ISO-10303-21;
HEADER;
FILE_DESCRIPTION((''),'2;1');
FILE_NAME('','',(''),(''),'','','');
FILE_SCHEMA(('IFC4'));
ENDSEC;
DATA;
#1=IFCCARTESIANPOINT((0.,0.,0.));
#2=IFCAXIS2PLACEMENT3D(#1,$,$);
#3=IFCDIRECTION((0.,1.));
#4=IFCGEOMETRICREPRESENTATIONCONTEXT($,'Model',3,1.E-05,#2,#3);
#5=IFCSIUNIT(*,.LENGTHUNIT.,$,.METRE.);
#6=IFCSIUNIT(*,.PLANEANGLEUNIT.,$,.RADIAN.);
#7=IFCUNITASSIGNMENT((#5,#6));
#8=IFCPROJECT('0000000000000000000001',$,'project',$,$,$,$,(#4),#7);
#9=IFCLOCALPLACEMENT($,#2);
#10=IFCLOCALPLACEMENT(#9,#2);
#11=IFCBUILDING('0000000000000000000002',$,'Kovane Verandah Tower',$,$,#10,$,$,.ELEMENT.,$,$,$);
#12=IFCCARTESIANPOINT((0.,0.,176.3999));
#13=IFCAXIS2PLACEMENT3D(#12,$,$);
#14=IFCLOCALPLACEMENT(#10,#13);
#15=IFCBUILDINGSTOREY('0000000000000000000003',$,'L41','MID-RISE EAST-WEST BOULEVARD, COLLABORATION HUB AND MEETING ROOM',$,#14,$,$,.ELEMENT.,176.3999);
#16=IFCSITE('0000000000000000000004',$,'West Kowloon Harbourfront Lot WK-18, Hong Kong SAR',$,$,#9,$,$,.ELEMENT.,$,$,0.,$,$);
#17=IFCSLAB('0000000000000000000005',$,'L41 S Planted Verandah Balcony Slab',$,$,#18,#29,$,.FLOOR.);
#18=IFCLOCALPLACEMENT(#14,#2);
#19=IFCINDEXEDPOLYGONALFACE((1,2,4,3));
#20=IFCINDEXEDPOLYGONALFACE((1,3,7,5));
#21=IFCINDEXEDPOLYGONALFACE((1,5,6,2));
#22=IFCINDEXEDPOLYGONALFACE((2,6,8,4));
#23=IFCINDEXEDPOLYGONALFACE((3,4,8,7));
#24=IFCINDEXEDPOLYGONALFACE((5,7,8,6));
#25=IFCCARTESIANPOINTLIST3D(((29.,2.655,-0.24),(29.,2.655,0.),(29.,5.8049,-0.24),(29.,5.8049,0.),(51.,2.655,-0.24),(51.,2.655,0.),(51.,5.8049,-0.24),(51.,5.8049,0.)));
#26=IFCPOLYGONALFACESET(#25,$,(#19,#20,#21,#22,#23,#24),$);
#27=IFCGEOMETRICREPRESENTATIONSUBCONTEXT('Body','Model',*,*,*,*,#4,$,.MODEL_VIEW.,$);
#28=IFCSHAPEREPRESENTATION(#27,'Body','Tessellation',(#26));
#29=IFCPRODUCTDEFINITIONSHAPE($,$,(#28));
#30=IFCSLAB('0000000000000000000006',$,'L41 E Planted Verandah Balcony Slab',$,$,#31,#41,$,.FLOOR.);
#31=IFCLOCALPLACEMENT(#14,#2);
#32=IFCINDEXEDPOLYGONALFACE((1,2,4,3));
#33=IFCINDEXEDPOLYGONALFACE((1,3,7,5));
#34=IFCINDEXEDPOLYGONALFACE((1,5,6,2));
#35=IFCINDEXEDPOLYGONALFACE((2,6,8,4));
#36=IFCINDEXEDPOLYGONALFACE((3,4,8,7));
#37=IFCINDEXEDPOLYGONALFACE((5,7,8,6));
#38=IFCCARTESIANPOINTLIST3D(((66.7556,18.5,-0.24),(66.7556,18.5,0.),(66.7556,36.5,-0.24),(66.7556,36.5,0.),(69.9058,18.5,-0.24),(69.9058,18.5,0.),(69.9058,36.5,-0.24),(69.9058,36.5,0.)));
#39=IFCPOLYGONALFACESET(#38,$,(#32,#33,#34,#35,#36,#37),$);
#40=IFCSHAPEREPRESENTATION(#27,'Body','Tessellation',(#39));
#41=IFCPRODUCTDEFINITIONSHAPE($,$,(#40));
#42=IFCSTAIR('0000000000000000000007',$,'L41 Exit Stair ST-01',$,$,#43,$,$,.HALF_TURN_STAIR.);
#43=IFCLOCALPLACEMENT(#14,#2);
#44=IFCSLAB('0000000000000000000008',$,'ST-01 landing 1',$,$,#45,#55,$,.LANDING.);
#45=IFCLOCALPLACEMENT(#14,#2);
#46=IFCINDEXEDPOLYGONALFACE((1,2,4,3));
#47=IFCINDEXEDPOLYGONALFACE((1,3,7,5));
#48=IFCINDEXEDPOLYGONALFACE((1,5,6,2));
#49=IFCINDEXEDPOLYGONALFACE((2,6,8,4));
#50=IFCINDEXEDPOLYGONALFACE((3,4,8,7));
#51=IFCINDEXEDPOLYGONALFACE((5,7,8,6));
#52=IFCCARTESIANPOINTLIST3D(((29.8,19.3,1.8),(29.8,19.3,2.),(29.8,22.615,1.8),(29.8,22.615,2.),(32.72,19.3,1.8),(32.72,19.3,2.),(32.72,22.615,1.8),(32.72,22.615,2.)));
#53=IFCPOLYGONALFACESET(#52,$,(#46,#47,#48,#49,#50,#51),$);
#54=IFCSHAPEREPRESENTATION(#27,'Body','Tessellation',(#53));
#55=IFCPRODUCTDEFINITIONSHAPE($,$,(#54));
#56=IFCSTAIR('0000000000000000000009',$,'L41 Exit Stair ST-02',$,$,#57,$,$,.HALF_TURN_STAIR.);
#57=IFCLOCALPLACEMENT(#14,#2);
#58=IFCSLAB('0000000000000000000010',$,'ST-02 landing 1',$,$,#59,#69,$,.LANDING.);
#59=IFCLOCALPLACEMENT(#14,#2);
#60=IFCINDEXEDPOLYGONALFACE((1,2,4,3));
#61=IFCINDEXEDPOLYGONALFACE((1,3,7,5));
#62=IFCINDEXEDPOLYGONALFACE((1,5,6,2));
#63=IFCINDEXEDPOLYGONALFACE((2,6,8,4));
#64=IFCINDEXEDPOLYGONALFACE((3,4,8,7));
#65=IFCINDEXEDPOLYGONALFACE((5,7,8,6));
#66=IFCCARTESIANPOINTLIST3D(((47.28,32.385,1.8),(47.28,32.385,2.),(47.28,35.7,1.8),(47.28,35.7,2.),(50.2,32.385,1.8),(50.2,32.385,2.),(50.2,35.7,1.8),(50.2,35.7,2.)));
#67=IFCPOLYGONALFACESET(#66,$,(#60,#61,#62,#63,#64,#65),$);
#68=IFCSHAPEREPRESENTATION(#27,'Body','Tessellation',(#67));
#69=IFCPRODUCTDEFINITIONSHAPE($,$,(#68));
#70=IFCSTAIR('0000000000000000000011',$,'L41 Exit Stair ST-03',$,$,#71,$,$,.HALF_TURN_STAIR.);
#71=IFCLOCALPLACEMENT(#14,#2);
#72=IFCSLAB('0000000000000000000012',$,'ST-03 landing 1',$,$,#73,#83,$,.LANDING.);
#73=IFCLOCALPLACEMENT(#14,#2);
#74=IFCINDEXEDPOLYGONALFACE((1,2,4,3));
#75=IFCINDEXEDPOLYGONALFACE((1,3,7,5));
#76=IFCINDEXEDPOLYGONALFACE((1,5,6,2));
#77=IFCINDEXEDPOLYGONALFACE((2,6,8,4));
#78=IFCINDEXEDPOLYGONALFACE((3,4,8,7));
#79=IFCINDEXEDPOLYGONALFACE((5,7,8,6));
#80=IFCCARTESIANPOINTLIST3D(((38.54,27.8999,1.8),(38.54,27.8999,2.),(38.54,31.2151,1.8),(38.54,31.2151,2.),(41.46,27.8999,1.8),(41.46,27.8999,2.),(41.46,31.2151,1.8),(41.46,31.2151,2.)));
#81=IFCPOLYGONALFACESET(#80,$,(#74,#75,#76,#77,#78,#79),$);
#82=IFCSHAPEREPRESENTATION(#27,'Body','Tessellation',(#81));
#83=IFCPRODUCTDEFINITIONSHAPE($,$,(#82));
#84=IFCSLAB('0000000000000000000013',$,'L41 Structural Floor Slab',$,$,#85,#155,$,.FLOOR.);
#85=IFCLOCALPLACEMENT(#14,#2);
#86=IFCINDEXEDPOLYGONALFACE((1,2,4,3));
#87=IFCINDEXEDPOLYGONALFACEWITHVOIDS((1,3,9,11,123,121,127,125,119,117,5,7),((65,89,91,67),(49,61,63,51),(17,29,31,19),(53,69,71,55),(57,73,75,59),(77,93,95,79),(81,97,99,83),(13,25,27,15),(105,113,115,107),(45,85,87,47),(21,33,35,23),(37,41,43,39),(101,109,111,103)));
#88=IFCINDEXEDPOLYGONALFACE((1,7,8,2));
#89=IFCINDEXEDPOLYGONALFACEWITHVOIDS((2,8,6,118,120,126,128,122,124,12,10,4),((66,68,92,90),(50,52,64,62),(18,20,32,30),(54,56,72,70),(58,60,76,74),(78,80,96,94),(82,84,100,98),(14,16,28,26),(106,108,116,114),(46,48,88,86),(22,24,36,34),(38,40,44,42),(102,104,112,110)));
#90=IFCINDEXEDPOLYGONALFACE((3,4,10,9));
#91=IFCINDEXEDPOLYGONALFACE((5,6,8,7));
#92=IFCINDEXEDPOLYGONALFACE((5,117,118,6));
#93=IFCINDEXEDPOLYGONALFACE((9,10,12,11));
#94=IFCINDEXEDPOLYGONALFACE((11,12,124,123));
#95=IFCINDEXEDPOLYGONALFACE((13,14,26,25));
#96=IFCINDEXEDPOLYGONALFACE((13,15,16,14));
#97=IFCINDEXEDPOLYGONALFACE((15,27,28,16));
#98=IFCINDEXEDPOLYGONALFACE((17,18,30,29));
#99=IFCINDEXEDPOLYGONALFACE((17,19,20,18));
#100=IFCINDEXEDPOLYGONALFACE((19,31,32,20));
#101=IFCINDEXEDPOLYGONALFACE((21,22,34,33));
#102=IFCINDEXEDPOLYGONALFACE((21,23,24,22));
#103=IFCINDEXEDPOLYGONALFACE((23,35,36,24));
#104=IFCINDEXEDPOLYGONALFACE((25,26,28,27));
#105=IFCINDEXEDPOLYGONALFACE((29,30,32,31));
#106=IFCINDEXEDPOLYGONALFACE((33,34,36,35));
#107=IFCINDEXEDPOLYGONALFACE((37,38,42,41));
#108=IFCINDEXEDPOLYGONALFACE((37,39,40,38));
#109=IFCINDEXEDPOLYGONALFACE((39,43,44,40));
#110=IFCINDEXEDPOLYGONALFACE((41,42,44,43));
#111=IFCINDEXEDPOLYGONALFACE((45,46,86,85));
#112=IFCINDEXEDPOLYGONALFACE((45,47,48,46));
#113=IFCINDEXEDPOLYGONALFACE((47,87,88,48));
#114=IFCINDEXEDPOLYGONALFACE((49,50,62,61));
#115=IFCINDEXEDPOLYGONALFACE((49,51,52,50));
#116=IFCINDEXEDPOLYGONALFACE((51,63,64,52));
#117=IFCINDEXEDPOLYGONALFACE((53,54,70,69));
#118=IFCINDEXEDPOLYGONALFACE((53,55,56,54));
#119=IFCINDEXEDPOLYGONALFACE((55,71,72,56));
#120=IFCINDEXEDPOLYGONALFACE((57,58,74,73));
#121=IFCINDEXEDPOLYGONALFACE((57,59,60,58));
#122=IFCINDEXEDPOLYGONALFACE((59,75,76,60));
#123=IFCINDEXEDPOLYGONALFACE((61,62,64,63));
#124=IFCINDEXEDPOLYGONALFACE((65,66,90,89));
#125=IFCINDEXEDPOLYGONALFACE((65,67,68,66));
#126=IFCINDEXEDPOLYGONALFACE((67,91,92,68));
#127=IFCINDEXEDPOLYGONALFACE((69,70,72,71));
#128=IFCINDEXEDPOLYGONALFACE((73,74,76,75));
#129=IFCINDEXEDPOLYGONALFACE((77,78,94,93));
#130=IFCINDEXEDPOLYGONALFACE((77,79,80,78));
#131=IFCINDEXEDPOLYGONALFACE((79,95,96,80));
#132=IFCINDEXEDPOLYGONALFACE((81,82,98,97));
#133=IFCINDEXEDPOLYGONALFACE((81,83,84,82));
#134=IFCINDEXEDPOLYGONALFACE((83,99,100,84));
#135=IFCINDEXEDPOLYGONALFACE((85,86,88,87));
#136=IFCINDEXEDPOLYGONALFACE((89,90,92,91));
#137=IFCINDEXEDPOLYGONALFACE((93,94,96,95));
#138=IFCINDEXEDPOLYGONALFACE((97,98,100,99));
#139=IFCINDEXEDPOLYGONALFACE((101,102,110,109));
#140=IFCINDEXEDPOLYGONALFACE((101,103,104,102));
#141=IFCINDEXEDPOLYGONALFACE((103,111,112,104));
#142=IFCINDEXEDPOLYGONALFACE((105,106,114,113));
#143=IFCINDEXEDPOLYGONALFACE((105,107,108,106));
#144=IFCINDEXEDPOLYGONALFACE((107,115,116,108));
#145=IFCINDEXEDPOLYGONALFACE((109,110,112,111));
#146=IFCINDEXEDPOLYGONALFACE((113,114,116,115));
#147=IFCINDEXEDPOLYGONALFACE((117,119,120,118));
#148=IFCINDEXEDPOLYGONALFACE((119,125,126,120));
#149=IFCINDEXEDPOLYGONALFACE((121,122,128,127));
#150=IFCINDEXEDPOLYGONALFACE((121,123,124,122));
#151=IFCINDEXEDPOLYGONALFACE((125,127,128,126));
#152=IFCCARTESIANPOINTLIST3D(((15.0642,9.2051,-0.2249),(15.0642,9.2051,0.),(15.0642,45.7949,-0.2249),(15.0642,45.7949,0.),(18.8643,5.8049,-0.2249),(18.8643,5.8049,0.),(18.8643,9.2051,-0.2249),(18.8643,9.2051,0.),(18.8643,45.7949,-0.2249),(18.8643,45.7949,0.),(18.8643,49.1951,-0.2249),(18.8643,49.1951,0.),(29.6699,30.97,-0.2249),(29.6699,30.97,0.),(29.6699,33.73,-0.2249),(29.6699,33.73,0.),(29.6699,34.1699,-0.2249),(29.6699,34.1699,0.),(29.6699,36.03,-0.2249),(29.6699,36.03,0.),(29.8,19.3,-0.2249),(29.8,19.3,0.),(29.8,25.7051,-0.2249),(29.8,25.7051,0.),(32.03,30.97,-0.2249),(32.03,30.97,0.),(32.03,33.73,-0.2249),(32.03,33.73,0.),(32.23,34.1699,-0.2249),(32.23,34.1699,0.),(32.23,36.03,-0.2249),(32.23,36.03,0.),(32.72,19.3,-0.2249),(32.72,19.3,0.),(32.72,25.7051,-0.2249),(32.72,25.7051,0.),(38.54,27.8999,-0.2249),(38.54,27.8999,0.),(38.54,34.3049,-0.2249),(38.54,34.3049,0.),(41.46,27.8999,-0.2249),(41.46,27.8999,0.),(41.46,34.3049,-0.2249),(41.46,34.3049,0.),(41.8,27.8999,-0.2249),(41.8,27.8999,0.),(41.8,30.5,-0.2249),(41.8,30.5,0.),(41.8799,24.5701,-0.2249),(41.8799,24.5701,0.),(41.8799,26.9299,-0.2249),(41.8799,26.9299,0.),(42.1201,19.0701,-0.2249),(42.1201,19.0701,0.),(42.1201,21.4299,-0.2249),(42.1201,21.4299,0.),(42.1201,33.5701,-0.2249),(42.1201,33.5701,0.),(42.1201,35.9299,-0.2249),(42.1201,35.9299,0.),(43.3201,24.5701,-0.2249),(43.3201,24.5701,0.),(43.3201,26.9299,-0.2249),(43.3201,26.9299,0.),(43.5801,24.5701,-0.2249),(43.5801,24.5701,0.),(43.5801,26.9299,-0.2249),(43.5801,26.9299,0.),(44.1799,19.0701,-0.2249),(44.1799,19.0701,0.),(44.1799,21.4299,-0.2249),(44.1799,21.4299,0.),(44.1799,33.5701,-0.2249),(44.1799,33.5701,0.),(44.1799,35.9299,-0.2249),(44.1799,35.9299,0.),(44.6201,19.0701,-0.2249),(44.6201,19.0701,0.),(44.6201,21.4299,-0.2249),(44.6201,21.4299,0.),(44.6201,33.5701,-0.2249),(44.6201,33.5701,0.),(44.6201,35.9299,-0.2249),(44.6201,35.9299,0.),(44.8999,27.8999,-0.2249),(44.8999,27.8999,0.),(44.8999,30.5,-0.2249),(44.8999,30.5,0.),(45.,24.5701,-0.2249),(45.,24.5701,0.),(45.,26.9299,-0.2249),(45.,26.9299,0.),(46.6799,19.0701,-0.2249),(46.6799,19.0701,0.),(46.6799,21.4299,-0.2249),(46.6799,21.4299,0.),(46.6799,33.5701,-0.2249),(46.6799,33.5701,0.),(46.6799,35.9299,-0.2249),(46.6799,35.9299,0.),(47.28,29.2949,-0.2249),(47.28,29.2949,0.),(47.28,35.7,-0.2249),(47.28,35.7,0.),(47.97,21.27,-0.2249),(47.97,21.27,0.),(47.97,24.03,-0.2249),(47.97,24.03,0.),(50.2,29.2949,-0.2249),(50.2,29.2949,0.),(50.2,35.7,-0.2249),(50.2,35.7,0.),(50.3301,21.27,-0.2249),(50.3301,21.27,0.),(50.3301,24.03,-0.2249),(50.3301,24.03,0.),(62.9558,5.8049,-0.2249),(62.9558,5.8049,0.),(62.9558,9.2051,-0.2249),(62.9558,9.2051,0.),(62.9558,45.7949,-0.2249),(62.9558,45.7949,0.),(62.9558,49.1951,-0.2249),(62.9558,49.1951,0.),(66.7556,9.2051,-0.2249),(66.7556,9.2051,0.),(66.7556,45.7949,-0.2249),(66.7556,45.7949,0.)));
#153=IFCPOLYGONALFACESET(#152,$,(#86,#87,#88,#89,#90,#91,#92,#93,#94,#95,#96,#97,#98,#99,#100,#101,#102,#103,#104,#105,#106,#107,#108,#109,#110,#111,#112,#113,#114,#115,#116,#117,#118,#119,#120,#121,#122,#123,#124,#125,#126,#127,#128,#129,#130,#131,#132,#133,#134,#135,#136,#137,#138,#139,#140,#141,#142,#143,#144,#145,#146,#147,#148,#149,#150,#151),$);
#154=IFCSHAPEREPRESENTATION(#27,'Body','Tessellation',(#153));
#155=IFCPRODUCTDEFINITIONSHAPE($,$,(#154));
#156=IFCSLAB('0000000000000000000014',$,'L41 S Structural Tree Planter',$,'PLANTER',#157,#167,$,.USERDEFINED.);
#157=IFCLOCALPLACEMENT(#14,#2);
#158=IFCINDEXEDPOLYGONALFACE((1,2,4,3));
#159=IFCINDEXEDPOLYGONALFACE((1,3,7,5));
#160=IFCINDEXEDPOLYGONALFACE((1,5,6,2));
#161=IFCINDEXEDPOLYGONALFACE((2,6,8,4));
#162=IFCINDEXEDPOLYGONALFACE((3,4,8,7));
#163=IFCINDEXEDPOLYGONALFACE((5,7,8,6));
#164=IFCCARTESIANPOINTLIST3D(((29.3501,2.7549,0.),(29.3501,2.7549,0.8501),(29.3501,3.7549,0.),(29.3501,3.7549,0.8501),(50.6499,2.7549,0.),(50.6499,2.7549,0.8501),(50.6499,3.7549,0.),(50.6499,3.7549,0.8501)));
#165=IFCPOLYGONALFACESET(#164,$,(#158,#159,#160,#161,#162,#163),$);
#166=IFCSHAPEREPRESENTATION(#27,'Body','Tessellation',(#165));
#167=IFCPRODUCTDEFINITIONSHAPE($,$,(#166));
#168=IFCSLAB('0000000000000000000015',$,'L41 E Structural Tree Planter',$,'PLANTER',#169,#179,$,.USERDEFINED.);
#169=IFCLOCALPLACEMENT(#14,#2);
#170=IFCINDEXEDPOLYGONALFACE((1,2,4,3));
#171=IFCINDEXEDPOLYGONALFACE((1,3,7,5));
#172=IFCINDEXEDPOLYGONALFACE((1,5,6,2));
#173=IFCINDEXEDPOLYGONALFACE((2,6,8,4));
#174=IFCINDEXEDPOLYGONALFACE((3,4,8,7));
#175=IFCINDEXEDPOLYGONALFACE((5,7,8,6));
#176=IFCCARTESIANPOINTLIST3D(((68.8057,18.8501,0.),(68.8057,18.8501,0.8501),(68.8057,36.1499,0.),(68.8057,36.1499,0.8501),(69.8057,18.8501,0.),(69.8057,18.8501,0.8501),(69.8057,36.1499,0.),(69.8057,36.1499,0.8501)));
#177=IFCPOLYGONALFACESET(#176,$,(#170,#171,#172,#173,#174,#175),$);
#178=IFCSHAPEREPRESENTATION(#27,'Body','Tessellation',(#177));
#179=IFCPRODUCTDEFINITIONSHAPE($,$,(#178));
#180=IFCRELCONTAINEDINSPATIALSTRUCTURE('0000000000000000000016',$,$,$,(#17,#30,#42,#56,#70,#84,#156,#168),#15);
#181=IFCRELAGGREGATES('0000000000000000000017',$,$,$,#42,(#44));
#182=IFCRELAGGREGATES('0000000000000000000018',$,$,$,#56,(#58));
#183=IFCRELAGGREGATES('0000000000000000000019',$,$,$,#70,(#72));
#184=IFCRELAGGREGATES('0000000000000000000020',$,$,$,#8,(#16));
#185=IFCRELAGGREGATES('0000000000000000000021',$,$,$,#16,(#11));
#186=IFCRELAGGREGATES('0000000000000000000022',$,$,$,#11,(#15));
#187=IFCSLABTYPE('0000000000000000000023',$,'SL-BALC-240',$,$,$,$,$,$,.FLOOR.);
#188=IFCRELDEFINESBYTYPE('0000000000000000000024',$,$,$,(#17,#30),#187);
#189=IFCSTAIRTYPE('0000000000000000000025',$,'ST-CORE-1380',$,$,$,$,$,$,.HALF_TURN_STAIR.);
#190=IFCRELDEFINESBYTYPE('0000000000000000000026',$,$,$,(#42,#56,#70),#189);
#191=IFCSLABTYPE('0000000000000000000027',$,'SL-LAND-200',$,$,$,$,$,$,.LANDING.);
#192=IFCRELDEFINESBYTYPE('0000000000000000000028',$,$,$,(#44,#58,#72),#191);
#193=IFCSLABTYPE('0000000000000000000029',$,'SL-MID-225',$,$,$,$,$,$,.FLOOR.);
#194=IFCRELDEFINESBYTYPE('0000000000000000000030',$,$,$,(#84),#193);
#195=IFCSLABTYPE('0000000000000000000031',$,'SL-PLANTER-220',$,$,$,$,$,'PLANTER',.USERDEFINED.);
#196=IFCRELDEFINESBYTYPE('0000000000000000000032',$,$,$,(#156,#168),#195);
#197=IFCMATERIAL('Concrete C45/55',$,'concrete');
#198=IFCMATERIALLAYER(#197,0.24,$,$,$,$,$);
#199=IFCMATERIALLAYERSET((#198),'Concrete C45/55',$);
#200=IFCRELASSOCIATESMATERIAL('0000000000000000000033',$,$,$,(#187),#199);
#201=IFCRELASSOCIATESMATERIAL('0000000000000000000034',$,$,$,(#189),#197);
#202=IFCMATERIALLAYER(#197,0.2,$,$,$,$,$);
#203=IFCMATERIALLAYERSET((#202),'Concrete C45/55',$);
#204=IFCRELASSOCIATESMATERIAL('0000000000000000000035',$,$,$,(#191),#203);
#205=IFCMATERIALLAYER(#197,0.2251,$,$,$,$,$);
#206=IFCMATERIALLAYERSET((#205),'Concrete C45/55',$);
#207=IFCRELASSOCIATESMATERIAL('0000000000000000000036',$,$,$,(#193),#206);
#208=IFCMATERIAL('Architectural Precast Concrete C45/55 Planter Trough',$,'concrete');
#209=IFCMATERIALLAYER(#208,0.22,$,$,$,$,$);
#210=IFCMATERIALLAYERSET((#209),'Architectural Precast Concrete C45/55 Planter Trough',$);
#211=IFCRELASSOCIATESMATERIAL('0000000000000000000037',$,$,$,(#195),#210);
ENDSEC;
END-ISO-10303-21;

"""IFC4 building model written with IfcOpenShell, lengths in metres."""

from ifc_helpers import new_model, si_unit, direction, frame, origin, place, context, subcontext, project, spatial, polyline, outline, extrude, material, layer, layer_set, type_object, element, aggregate, save


model = new_model("IFC4")

# Units and contexts
model_context = context("Model", 3, precision=1e-05, world=origin(), true_north=direction((0.0, 1.0)))
body_context = subcontext(model_context, "Body", "Model", "MODEL_VIEW")
ifc_project = project(units=[si_unit("LENGTHUNIT", "METRE"), si_unit("PLANEANGLEUNIT", "RADIAN")], contexts=[model_context])

# Site, building, storey
site_placement = place(None, origin())
site = spatial("IfcSite", under=ifc_project, at=site_placement, Name="West Kowloon Harbourfront Lot WK-18, Hong Kong SAR", CompositionType="ELEMENT", RefElevation=0.0)
building_placement = place(site_placement, origin())
building = spatial("IfcBuilding", under=site, at=building_placement, Name="Kovane Verandah Tower", CompositionType="ELEMENT")
storey_placement = place(building_placement, frame((0.0, 0.0, 176.3999)))
storey = spatial("IfcBuildingStorey", under=building, at=storey_placement, Name="L41", Description="MID-RISE EAST-WEST BOULEVARD, COLLABORATION HUB AND MEETING ROOM", CompositionType="ELEMENT", Elevation=176.3999)

# Slabs
ifc_material_1 = material(Name="Concrete C45/55", Category="concrete")
ifc_layer_1 = layer(ifc_material_1, 0.24)
ifc_layer_set_1 = layer_set([ifc_layer_1], Name="Concrete C45/55")
slab_type_1 = type_object("IfcSlabType", Name="SL-BALC-240", PredefinedType="FLOOR", material=ifc_layer_set_1)
slab_1_placement = place(storey_placement, frame((0.0, 0.0, -0.24)))
element("IfcSlab", 1, at=slab_1_placement, inside=storey, type_object=slab_type_1, Name="L41 S Planted Verandah Balcony Slab", PredefinedType="FLOOR", context=body_context, shape_type="SweptSolid", body=[
    extrude(outline(polyline([(29.0, 2.655), (51.0, 2.655), (51.0, 5.8049), (29.0, 5.8049), (29.0, 2.655)])), origin(), (0.0, 0.0, 1.0), 0.24),
])
slab_2_placement = place(storey_placement, frame((0.0, 0.0, -0.24)))
element("IfcSlab", 2, at=slab_2_placement, inside=storey, type_object=slab_type_1, Name="L41 E Planted Verandah Balcony Slab", PredefinedType="FLOOR", context=body_context, shape_type="SweptSolid", body=[
    extrude(outline(polyline([(66.7556, 18.5), (69.9058, 18.5), (69.9058, 36.5), (66.7556, 36.5), (66.7556, 18.5)])), origin(), (0.0, 0.0, 1.0), 0.24),
])

# Stairs, slabs
stair_type = type_object("IfcStairType", Name="ST-CORE-1380", PredefinedType="HALF_TURN_STAIR", material=ifc_material_1)
stair_1_placement = place(storey_placement, origin())
stair_1 = element("IfcStair", 3, at=stair_1_placement, inside=storey, type_object=stair_type, Name="L41 Exit Stair ST-01", PredefinedType="HALF_TURN_STAIR")
ifc_layer_2 = layer(ifc_material_1, 0.2)
ifc_layer_set_2 = layer_set([ifc_layer_2], Name="Concrete C45/55")
slab_type_2 = type_object("IfcSlabType", Name="SL-LAND-200", PredefinedType="LANDING", material=ifc_layer_set_2)
slab_3_placement = place(storey_placement, frame((0.0, 0.0, 1.8)))
slab_3 = element("IfcSlab", 4, at=slab_3_placement, type_object=slab_type_2, Name="ST-01 landing 1", PredefinedType="LANDING", context=body_context, shape_type="SweptSolid", body=[
    extrude(outline(polyline([(29.8, 22.615), (29.8, 19.3), (32.72, 19.3), (32.72, 22.615), (29.8, 22.615)])), origin(), (0.0, 0.0, 1.0), 0.2),
])
aggregate(stair_1, [slab_3])
stair_2_placement = place(storey_placement, origin())
stair_2 = element("IfcStair", 5, at=stair_2_placement, inside=storey, type_object=stair_type, Name="L41 Exit Stair ST-02", PredefinedType="HALF_TURN_STAIR")
slab_4_placement = place(storey_placement, frame((0.0, 0.0, 1.8)))
slab_4 = element("IfcSlab", 6, at=slab_4_placement, type_object=slab_type_2, Name="ST-02 landing 1", PredefinedType="LANDING", context=body_context, shape_type="SweptSolid", body=[
    extrude(outline(polyline([(50.2, 32.385), (50.2, 35.7), (47.28, 35.7), (47.28, 32.385), (50.2, 32.385)])), origin(), (0.0, 0.0, 1.0), 0.2),
])
aggregate(stair_2, [slab_4])
stair_3_placement = place(storey_placement, origin())
stair_3 = element("IfcStair", 7, at=stair_3_placement, inside=storey, type_object=stair_type, Name="L41 Exit Stair ST-03", PredefinedType="HALF_TURN_STAIR")
slab_5_placement = place(storey_placement, frame((0.0, 0.0, 1.8)))
slab_5 = element("IfcSlab", 8, at=slab_5_placement, type_object=slab_type_2, Name="ST-03 landing 1", PredefinedType="LANDING", context=body_context, shape_type="SweptSolid", body=[
    extrude(outline(polyline([(38.54, 31.2151), (38.54, 27.8999), (41.46, 27.8999), (41.46, 31.2151), (38.54, 31.2151)])), origin(), (0.0, 0.0, 1.0), 0.2),
])
aggregate(stair_3, [slab_5])

# Slabs
ifc_layer_3 = layer(ifc_material_1, 0.2251)
ifc_layer_set_3 = layer_set([ifc_layer_3], Name="Concrete C45/55")
slab_type_3 = type_object("IfcSlabType", Name="SL-MID-225", PredefinedType="FLOOR", material=ifc_layer_set_3)
slab_6_placement = place(storey_placement, frame((0.0, 0.0, -0.2249)))
element("IfcSlab", 9, at=slab_6_placement, inside=storey, type_object=slab_type_3, Name="L41 Structural Floor Slab", PredefinedType="FLOOR", context=body_context, shape_type="SweptSolid", body=[
    extrude(outline(polyline([(18.8643, 5.8049), (62.9558, 5.8049), (62.9558, 9.2051), (66.7556, 9.2051), (66.7556, 45.7949), (62.9558, 45.7949), (62.9558, 49.1951), (18.8643, 49.1951), (18.8643, 45.7949), (15.0642, 45.7949), (15.0642, 9.2051), (18.8643, 9.2051), (18.8643, 5.8049)]), holes=[polyline([(29.8, 19.3), (32.72, 19.3), (32.72, 25.7051), (29.8, 25.7051), (29.8, 19.3)]), polyline([(47.28, 29.2949), (50.2, 29.2949), (50.2, 35.7), (47.28, 35.7), (47.28, 29.2949)]), polyline([(38.54, 27.8999), (41.46, 27.8999), (41.46, 34.3049), (38.54, 34.3049), (38.54, 27.8999)]), polyline([(29.6699, 30.97), (32.03, 30.97), (32.03, 33.73), (29.6699, 33.73), (29.6699, 30.97)]), polyline([(47.97, 21.27), (50.3301, 21.27), (50.3301, 24.03), (47.97, 24.03), (47.97, 21.27)]), polyline([(29.6699, 34.1699), (32.23, 34.1699), (32.23, 36.03), (29.6699, 36.03), (29.6699, 34.1699)]), polyline([(42.1201, 19.0701), (44.1799, 19.0701), (44.1799, 21.4299), (42.1201, 21.4299), (42.1201, 19.0701)]), polyline([(44.6201, 19.0701), (46.6799, 19.0701), (46.6799, 21.4299), (44.6201, 21.4299), (44.6201, 19.0701)]), polyline([(41.8799, 24.5701), (43.3201, 24.5701), (43.3201, 26.9299), (41.8799, 26.9299), (41.8799, 24.5701)]), polyline([(43.5801, 24.5701), (45.0, 24.5701), (45.0, 26.9299), (43.5801, 26.9299), (43.5801, 24.5701)]), polyline([(42.1201, 33.5701), (44.1799, 33.5701), (44.1799, 35.9299), (42.1201, 35.9299), (42.1201, 33.5701)]), polyline([(44.6201, 33.5701), (46.6799, 33.5701), (46.6799, 35.9299), (44.6201, 35.9299), (44.6201, 33.5701)]), polyline([(41.8, 27.8999), (44.8999, 27.8999), (44.8999, 30.5), (41.8, 30.5), (41.8, 27.8999)])]), origin(), (0.0, 0.0, 1.0), 0.2249),
])
ifc_material_2 = material(Name="Architectural Precast Concrete C45/55 Planter Trough", Category="concrete")
ifc_layer_4 = layer(ifc_material_2, 0.22)
ifc_layer_set_4 = layer_set([ifc_layer_4], Name="Architectural Precast Concrete C45/55 Planter Trough")
slab_type_4 = type_object("IfcSlabType", Name="SL-PLANTER-220", ElementType="PLANTER", PredefinedType="USERDEFINED", material=ifc_layer_set_4)
slab_7_placement = place(storey_placement, origin())
element("IfcSlab", 10, at=slab_7_placement, inside=storey, type_object=slab_type_4, Name="L41 S Structural Tree Planter", ObjectType="PLANTER", PredefinedType="USERDEFINED", context=body_context, shape_type="SweptSolid", body=[
    extrude(outline(polyline([(29.3501, 2.7549), (50.6499, 2.7549), (50.6499, 3.7549), (29.3501, 3.7549), (29.3501, 2.7549)])), origin(), (0.0, 0.0, 1.0), 0.8501),
])
slab_8_placement = place(storey_placement, origin())
element("IfcSlab", 11, at=slab_8_placement, inside=storey, type_object=slab_type_4, Name="L41 E Structural Tree Planter", ObjectType="PLANTER", PredefinedType="USERDEFINED", context=body_context, shape_type="SweptSolid", body=[
    extrude(outline(polyline([(68.8057, 18.8501), (69.8057, 18.8501), (69.8057, 36.1499), (68.8057, 36.1499), (68.8057, 18.8501)])), origin(), (0.0, 0.0, 1.0), 0.8501),
])

save(model, "model.ifc")
